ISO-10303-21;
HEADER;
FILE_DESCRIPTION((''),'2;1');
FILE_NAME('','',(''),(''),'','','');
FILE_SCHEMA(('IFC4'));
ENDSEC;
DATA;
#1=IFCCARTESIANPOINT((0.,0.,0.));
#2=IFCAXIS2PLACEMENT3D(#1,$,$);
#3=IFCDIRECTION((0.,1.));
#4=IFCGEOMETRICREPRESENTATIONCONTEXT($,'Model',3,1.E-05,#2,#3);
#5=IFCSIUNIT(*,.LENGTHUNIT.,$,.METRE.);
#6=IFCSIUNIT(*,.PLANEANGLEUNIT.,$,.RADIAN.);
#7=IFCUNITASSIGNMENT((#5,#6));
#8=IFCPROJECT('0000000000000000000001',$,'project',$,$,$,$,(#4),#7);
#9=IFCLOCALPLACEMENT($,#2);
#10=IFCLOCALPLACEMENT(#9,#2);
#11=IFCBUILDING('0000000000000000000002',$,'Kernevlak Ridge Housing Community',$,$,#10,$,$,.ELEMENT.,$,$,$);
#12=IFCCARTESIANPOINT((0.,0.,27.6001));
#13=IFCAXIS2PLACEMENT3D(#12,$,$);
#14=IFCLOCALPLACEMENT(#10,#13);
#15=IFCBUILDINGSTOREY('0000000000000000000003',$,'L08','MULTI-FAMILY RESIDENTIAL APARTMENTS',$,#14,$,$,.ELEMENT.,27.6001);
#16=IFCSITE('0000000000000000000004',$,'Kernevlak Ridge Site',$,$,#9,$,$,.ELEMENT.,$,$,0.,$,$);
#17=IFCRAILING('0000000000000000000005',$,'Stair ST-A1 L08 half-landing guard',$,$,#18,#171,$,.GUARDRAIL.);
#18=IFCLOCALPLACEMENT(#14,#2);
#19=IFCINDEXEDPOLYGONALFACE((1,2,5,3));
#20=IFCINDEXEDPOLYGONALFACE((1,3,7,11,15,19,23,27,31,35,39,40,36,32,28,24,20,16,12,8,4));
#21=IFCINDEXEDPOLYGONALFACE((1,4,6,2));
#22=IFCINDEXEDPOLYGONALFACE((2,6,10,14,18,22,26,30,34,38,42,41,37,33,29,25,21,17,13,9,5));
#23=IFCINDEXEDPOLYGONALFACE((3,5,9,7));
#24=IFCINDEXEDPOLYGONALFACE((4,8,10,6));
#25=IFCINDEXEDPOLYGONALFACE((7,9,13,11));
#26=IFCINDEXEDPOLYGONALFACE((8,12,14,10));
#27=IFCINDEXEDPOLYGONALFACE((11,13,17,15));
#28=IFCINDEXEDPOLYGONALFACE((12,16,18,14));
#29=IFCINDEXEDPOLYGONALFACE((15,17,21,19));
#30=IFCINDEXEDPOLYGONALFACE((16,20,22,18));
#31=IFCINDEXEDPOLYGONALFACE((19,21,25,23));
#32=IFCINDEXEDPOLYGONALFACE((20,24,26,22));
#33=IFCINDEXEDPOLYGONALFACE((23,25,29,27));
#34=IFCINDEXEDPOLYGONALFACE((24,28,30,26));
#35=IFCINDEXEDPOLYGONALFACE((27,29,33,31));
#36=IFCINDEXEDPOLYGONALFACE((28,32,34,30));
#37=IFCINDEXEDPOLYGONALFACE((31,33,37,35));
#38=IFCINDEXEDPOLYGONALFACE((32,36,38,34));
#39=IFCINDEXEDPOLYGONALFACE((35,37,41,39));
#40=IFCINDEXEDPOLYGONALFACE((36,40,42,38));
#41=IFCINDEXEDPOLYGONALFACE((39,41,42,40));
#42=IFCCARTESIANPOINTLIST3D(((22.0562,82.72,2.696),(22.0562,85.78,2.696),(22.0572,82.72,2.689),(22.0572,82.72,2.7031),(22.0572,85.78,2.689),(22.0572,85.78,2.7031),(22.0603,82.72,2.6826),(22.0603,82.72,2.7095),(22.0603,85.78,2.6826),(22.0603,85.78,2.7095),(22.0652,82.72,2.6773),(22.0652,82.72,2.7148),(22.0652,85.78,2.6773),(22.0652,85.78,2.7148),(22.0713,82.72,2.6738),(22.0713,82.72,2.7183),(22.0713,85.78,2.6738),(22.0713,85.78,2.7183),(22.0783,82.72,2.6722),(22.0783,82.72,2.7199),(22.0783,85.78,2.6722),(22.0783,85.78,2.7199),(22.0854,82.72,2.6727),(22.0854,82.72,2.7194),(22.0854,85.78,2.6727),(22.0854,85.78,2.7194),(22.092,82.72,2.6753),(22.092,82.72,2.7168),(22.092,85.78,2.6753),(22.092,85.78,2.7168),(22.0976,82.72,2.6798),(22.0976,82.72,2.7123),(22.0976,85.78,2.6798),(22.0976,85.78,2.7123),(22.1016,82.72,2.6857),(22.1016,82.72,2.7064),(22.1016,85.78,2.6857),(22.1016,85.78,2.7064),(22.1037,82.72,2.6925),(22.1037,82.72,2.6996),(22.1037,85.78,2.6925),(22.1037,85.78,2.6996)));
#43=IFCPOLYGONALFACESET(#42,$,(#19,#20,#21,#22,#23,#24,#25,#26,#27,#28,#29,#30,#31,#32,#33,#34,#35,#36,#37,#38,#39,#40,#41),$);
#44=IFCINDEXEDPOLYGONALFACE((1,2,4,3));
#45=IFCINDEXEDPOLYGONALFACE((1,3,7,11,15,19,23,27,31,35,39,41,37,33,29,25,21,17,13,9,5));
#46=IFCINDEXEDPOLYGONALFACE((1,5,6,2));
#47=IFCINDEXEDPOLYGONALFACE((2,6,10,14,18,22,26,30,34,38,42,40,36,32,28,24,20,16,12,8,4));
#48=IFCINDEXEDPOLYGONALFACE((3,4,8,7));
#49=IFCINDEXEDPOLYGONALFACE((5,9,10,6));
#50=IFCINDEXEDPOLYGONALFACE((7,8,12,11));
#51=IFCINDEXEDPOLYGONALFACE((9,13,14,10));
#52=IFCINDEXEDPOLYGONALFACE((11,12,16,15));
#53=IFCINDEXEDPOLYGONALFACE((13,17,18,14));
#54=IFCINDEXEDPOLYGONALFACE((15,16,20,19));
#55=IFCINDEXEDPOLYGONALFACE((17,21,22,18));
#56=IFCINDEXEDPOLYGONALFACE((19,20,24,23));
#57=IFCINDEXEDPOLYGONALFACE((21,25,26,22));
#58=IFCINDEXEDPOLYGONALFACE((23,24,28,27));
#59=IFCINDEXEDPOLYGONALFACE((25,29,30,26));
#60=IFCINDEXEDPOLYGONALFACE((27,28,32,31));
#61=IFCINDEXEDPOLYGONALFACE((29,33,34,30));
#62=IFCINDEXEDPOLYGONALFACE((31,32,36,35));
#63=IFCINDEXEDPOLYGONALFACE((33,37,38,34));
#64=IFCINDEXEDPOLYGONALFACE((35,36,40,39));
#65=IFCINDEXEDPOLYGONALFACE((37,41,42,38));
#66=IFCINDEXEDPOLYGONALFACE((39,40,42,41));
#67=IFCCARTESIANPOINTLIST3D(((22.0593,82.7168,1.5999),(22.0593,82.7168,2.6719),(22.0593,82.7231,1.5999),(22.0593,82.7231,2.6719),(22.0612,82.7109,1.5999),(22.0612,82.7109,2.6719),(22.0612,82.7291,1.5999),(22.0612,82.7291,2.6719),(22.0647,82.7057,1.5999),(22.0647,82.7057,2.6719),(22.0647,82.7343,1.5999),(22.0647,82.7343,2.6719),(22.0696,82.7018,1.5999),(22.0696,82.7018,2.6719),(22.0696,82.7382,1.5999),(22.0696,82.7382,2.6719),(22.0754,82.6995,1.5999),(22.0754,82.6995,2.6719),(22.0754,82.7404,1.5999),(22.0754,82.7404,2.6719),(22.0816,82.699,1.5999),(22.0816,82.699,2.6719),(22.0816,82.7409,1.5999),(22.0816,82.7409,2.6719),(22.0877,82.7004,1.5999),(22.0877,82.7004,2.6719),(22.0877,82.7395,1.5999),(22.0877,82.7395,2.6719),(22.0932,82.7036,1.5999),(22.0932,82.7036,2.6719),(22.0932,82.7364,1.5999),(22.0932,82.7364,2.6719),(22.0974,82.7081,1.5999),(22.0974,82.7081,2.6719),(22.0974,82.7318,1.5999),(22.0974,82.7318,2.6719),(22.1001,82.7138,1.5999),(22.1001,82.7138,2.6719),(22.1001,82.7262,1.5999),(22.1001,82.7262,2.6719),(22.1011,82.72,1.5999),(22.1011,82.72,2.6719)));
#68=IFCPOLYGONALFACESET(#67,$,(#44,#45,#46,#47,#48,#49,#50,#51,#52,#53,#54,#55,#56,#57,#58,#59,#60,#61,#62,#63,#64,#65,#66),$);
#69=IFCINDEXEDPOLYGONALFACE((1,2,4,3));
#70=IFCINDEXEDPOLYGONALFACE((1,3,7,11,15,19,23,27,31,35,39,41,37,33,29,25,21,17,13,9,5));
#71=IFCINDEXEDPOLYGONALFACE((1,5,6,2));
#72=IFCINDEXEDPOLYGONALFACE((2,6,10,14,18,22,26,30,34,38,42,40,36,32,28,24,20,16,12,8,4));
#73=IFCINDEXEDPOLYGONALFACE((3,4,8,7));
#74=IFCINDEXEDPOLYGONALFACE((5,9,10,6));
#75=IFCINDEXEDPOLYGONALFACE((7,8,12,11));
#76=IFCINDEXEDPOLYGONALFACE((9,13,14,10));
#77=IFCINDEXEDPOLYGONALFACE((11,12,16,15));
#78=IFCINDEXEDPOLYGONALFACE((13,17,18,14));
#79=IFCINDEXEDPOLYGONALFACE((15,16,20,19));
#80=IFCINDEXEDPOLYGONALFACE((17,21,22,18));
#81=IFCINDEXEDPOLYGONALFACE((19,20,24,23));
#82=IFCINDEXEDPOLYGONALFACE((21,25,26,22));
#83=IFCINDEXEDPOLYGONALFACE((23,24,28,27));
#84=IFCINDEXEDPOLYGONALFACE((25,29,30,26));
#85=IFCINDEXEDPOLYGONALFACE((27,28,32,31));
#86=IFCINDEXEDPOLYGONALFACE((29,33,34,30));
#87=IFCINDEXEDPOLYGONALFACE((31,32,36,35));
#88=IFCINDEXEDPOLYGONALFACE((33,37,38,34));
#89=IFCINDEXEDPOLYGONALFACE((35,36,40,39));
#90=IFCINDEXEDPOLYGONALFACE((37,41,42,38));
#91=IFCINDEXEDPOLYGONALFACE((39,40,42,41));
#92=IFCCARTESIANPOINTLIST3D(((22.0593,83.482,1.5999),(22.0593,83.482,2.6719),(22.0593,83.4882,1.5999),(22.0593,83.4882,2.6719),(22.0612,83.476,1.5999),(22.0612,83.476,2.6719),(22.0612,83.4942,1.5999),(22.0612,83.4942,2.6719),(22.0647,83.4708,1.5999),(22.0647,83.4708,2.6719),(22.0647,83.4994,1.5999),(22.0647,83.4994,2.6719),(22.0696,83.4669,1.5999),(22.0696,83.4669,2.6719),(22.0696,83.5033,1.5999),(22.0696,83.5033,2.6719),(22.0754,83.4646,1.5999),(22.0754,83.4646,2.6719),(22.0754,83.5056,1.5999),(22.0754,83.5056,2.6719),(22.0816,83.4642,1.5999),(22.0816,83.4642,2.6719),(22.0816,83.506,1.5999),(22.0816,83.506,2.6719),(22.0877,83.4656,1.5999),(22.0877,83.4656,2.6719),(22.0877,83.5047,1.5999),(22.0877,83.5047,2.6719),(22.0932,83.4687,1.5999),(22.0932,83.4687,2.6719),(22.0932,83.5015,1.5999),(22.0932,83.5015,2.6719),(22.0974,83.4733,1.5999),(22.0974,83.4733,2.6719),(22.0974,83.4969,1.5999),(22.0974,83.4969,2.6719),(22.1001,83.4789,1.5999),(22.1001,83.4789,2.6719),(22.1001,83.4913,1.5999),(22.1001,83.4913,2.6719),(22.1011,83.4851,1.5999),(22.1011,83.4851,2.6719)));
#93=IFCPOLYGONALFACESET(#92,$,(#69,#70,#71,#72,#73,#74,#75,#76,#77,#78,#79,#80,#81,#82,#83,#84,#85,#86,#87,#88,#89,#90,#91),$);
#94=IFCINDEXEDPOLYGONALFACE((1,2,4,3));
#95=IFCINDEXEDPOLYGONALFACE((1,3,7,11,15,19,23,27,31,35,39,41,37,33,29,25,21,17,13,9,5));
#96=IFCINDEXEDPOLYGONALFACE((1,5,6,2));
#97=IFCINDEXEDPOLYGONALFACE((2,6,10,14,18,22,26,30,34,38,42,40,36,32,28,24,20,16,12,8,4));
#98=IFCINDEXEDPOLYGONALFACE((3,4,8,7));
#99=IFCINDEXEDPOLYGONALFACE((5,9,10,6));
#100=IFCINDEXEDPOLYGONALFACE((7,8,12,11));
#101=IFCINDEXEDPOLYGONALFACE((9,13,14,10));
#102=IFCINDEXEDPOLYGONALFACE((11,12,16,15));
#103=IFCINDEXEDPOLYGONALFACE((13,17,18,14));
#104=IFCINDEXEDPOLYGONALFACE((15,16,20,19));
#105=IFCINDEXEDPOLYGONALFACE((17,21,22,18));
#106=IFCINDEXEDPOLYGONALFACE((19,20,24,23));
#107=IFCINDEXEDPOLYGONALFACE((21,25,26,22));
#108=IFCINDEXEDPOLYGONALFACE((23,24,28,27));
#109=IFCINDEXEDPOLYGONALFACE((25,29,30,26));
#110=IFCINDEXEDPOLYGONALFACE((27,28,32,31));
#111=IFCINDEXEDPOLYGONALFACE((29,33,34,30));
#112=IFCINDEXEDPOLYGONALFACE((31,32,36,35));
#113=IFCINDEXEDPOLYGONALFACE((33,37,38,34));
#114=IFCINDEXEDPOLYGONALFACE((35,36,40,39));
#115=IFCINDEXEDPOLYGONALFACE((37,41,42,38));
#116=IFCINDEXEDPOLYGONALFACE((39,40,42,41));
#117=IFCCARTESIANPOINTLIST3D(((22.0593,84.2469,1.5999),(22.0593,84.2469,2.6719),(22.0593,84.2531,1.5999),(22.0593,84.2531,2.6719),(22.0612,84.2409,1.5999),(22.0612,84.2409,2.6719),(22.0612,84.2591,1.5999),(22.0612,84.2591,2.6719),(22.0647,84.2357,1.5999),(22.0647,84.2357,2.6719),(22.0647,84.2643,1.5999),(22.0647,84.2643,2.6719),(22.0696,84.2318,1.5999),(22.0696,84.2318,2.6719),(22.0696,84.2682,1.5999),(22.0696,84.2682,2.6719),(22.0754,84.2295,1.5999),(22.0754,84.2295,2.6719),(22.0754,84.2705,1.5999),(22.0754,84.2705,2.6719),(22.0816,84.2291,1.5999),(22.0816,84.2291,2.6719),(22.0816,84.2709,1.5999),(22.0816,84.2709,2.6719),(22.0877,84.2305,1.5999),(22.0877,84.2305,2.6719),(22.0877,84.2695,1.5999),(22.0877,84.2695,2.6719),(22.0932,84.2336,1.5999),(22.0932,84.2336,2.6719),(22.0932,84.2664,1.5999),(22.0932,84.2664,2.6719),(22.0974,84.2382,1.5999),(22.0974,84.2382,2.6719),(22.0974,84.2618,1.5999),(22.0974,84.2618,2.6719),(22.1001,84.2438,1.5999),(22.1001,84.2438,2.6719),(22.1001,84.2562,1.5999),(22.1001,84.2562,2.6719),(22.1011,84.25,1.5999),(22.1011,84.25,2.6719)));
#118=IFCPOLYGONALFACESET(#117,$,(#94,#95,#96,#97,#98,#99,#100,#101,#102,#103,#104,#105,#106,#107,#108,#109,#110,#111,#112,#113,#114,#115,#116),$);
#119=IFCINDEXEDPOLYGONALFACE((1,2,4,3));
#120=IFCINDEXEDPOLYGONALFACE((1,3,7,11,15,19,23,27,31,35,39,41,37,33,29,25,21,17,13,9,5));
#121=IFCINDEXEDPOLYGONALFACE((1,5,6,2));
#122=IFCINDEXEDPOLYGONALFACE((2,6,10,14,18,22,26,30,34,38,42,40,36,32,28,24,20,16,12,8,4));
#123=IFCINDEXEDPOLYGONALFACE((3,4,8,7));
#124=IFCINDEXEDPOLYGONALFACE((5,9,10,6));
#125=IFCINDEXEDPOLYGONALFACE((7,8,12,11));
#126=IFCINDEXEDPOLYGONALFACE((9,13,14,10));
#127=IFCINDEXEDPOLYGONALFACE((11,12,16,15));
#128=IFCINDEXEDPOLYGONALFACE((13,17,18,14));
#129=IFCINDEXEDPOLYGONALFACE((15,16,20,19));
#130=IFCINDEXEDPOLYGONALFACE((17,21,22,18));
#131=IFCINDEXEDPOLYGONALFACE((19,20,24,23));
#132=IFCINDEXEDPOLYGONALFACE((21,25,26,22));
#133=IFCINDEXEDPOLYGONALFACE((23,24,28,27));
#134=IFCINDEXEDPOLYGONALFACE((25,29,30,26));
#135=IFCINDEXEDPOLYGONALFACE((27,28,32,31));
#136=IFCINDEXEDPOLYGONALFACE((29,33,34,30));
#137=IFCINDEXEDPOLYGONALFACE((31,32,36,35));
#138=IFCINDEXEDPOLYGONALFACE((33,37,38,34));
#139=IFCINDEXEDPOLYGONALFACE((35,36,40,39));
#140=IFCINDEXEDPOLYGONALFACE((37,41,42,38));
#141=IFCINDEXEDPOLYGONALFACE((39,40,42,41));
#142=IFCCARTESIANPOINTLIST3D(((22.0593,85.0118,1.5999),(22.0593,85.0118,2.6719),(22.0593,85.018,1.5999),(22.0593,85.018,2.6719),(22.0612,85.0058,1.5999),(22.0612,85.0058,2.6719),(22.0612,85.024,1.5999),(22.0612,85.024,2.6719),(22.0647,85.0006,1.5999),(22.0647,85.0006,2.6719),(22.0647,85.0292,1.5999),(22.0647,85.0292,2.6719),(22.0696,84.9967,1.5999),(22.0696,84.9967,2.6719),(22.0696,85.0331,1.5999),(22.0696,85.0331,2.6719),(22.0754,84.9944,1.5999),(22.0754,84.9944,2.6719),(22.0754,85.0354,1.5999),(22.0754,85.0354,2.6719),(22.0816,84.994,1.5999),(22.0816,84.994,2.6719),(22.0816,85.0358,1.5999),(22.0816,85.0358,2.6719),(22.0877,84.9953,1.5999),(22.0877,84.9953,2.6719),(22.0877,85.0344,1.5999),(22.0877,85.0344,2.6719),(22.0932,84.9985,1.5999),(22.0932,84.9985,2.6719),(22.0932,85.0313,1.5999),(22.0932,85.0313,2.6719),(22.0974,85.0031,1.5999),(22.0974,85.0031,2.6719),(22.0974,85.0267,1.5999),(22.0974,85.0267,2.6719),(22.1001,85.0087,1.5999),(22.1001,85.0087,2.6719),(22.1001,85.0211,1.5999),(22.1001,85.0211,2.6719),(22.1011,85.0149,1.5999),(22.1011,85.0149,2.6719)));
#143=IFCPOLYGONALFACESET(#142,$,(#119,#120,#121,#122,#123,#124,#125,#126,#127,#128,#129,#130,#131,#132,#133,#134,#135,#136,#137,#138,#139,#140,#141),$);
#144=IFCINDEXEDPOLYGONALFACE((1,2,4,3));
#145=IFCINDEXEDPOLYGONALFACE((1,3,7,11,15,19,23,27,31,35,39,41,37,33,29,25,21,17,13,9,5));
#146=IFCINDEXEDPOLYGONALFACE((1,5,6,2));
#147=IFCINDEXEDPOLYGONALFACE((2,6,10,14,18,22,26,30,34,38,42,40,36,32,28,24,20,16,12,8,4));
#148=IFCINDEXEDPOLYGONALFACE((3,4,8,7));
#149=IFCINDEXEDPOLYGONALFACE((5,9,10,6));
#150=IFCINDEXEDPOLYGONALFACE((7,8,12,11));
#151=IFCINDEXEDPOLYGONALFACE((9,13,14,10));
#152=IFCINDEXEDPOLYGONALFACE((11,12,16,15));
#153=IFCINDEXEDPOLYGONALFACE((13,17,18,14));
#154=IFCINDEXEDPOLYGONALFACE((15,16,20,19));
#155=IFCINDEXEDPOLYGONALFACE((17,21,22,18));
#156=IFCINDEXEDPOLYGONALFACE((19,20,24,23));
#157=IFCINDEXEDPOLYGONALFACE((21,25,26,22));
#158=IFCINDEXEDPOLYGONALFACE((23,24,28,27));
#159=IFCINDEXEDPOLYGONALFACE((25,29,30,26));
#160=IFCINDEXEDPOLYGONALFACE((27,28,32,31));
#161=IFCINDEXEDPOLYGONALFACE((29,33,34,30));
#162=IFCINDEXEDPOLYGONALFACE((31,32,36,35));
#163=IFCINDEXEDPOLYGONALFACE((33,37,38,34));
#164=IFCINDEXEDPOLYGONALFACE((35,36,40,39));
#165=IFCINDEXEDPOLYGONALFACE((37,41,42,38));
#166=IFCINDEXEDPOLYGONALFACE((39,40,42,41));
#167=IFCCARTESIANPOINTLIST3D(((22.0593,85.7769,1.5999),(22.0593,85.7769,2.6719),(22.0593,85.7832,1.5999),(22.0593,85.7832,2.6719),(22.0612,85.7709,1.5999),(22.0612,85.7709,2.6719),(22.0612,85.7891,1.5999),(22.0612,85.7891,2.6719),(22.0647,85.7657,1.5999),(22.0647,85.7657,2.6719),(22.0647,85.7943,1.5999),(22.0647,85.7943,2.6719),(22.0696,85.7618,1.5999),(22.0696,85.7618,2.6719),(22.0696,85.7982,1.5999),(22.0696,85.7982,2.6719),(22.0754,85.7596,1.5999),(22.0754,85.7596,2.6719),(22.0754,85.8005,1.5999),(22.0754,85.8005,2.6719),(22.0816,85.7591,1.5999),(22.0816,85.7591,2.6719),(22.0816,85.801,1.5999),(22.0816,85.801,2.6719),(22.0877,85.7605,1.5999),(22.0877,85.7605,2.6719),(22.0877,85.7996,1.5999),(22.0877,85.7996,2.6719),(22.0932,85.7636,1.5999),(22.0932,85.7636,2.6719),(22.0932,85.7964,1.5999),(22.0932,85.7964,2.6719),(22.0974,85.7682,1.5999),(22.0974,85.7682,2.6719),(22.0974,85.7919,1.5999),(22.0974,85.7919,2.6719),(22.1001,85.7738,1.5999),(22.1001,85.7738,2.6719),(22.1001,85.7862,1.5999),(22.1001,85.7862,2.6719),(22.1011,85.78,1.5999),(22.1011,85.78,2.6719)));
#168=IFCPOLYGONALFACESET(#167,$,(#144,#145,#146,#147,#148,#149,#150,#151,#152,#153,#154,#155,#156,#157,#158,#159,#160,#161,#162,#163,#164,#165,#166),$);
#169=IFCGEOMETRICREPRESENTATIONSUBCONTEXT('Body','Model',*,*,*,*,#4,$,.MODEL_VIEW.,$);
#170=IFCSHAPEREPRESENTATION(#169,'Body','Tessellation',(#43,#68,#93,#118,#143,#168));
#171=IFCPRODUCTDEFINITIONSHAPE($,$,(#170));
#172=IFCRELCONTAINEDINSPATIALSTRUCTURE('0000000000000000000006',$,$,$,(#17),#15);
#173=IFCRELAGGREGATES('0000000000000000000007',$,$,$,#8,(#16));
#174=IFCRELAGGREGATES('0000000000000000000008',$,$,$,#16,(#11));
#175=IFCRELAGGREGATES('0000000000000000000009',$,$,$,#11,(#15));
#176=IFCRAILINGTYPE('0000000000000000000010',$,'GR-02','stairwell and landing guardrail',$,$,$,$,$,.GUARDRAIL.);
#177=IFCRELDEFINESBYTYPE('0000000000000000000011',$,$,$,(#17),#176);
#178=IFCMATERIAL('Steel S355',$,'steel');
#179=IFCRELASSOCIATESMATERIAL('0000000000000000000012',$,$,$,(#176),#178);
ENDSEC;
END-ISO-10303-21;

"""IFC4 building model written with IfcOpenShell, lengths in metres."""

from ifc_helpers import new_model, si_unit, direction, frame, origin, origin_2d, place, context, subcontext, project, spatial, circle, extrude, material, type_object, element, save


model = new_model("IFC4")

# Units and contexts
model_context = context("Model", 3, precision=1e-05, world=origin(), true_north=direction((0.0, 1.0)))
body_context = subcontext(model_context, "Body", "Model", "MODEL_VIEW")
ifc_project = project(units=[si_unit("LENGTHUNIT", "METRE"), si_unit("PLANEANGLEUNIT", "RADIAN")], contexts=[model_context])

# Site, building, storey
site_placement = place(None, origin())
site = spatial("IfcSite", under=ifc_project, at=site_placement, Name="Kernevlak Ridge Site", CompositionType="ELEMENT", RefElevation=0.0)
building_placement = place(site_placement, origin())
building = spatial("IfcBuilding", under=site, at=building_placement, Name="Kernevlak Ridge Housing Community", CompositionType="ELEMENT")
storey_placement = place(building_placement, frame((0.0, 0.0, 27.6001)))
storey = spatial("IfcBuildingStorey", under=building, at=storey_placement, Name="L08", Description="MULTI-FAMILY RESIDENTIAL APARTMENTS", CompositionType="ELEMENT", Elevation=27.6001)

# Railing
ifc_material_1 = material(Name="Steel S355", Category="steel")
railing_type_1 = type_object("IfcRailingType", Name="GR-02", Description="stairwell and landing guardrail", PredefinedType="GUARDRAIL", material=ifc_material_1)
railing_1_placement = place(storey_placement, frame((22.0801, 82.72, 1.5999)))
element("IfcRailing", 1, at=railing_1_placement, inside=storey, type_object=railing_type_1, Name="Stair ST-A1 L08 half-landing guard", PredefinedType="GUARDRAIL", context=body_context, shape_type="SweptSolid", body=[
    extrude(circle(Radius=0.0239, at=origin_2d()), frame((0.0, 0.0, 1.0962), z_axis=(0.0, 1.0, 0.0), x_axis=(-1.0, 0.0, 0.0)), (0.0, 0.0, 1.0), 3.0601),
    extrude(circle(Radius=0.021, at=origin_2d()), origin(), (0.0, 0.0, 1.0), 1.072),
    extrude(circle(Radius=0.021, at=origin_2d()), frame((0.0, 0.7651, 0.0)), (0.0, 0.0, 1.0), 1.072),
    extrude(circle(Radius=0.021, at=origin_2d()), frame((0.0, 1.53, 0.0)), (0.0, 0.0, 1.0), 1.072),
    extrude(circle(Radius=0.021, at=origin_2d()), frame((0.0, 2.2949, 0.0)), (0.0, 0.0, 1.0), 1.072),
    extrude(circle(Radius=0.021, at=origin_2d()), frame((0.0, 3.0601, 0.0)), (0.0, 0.0, 1.0), 1.072),
])

save(model, "model.ifc")
